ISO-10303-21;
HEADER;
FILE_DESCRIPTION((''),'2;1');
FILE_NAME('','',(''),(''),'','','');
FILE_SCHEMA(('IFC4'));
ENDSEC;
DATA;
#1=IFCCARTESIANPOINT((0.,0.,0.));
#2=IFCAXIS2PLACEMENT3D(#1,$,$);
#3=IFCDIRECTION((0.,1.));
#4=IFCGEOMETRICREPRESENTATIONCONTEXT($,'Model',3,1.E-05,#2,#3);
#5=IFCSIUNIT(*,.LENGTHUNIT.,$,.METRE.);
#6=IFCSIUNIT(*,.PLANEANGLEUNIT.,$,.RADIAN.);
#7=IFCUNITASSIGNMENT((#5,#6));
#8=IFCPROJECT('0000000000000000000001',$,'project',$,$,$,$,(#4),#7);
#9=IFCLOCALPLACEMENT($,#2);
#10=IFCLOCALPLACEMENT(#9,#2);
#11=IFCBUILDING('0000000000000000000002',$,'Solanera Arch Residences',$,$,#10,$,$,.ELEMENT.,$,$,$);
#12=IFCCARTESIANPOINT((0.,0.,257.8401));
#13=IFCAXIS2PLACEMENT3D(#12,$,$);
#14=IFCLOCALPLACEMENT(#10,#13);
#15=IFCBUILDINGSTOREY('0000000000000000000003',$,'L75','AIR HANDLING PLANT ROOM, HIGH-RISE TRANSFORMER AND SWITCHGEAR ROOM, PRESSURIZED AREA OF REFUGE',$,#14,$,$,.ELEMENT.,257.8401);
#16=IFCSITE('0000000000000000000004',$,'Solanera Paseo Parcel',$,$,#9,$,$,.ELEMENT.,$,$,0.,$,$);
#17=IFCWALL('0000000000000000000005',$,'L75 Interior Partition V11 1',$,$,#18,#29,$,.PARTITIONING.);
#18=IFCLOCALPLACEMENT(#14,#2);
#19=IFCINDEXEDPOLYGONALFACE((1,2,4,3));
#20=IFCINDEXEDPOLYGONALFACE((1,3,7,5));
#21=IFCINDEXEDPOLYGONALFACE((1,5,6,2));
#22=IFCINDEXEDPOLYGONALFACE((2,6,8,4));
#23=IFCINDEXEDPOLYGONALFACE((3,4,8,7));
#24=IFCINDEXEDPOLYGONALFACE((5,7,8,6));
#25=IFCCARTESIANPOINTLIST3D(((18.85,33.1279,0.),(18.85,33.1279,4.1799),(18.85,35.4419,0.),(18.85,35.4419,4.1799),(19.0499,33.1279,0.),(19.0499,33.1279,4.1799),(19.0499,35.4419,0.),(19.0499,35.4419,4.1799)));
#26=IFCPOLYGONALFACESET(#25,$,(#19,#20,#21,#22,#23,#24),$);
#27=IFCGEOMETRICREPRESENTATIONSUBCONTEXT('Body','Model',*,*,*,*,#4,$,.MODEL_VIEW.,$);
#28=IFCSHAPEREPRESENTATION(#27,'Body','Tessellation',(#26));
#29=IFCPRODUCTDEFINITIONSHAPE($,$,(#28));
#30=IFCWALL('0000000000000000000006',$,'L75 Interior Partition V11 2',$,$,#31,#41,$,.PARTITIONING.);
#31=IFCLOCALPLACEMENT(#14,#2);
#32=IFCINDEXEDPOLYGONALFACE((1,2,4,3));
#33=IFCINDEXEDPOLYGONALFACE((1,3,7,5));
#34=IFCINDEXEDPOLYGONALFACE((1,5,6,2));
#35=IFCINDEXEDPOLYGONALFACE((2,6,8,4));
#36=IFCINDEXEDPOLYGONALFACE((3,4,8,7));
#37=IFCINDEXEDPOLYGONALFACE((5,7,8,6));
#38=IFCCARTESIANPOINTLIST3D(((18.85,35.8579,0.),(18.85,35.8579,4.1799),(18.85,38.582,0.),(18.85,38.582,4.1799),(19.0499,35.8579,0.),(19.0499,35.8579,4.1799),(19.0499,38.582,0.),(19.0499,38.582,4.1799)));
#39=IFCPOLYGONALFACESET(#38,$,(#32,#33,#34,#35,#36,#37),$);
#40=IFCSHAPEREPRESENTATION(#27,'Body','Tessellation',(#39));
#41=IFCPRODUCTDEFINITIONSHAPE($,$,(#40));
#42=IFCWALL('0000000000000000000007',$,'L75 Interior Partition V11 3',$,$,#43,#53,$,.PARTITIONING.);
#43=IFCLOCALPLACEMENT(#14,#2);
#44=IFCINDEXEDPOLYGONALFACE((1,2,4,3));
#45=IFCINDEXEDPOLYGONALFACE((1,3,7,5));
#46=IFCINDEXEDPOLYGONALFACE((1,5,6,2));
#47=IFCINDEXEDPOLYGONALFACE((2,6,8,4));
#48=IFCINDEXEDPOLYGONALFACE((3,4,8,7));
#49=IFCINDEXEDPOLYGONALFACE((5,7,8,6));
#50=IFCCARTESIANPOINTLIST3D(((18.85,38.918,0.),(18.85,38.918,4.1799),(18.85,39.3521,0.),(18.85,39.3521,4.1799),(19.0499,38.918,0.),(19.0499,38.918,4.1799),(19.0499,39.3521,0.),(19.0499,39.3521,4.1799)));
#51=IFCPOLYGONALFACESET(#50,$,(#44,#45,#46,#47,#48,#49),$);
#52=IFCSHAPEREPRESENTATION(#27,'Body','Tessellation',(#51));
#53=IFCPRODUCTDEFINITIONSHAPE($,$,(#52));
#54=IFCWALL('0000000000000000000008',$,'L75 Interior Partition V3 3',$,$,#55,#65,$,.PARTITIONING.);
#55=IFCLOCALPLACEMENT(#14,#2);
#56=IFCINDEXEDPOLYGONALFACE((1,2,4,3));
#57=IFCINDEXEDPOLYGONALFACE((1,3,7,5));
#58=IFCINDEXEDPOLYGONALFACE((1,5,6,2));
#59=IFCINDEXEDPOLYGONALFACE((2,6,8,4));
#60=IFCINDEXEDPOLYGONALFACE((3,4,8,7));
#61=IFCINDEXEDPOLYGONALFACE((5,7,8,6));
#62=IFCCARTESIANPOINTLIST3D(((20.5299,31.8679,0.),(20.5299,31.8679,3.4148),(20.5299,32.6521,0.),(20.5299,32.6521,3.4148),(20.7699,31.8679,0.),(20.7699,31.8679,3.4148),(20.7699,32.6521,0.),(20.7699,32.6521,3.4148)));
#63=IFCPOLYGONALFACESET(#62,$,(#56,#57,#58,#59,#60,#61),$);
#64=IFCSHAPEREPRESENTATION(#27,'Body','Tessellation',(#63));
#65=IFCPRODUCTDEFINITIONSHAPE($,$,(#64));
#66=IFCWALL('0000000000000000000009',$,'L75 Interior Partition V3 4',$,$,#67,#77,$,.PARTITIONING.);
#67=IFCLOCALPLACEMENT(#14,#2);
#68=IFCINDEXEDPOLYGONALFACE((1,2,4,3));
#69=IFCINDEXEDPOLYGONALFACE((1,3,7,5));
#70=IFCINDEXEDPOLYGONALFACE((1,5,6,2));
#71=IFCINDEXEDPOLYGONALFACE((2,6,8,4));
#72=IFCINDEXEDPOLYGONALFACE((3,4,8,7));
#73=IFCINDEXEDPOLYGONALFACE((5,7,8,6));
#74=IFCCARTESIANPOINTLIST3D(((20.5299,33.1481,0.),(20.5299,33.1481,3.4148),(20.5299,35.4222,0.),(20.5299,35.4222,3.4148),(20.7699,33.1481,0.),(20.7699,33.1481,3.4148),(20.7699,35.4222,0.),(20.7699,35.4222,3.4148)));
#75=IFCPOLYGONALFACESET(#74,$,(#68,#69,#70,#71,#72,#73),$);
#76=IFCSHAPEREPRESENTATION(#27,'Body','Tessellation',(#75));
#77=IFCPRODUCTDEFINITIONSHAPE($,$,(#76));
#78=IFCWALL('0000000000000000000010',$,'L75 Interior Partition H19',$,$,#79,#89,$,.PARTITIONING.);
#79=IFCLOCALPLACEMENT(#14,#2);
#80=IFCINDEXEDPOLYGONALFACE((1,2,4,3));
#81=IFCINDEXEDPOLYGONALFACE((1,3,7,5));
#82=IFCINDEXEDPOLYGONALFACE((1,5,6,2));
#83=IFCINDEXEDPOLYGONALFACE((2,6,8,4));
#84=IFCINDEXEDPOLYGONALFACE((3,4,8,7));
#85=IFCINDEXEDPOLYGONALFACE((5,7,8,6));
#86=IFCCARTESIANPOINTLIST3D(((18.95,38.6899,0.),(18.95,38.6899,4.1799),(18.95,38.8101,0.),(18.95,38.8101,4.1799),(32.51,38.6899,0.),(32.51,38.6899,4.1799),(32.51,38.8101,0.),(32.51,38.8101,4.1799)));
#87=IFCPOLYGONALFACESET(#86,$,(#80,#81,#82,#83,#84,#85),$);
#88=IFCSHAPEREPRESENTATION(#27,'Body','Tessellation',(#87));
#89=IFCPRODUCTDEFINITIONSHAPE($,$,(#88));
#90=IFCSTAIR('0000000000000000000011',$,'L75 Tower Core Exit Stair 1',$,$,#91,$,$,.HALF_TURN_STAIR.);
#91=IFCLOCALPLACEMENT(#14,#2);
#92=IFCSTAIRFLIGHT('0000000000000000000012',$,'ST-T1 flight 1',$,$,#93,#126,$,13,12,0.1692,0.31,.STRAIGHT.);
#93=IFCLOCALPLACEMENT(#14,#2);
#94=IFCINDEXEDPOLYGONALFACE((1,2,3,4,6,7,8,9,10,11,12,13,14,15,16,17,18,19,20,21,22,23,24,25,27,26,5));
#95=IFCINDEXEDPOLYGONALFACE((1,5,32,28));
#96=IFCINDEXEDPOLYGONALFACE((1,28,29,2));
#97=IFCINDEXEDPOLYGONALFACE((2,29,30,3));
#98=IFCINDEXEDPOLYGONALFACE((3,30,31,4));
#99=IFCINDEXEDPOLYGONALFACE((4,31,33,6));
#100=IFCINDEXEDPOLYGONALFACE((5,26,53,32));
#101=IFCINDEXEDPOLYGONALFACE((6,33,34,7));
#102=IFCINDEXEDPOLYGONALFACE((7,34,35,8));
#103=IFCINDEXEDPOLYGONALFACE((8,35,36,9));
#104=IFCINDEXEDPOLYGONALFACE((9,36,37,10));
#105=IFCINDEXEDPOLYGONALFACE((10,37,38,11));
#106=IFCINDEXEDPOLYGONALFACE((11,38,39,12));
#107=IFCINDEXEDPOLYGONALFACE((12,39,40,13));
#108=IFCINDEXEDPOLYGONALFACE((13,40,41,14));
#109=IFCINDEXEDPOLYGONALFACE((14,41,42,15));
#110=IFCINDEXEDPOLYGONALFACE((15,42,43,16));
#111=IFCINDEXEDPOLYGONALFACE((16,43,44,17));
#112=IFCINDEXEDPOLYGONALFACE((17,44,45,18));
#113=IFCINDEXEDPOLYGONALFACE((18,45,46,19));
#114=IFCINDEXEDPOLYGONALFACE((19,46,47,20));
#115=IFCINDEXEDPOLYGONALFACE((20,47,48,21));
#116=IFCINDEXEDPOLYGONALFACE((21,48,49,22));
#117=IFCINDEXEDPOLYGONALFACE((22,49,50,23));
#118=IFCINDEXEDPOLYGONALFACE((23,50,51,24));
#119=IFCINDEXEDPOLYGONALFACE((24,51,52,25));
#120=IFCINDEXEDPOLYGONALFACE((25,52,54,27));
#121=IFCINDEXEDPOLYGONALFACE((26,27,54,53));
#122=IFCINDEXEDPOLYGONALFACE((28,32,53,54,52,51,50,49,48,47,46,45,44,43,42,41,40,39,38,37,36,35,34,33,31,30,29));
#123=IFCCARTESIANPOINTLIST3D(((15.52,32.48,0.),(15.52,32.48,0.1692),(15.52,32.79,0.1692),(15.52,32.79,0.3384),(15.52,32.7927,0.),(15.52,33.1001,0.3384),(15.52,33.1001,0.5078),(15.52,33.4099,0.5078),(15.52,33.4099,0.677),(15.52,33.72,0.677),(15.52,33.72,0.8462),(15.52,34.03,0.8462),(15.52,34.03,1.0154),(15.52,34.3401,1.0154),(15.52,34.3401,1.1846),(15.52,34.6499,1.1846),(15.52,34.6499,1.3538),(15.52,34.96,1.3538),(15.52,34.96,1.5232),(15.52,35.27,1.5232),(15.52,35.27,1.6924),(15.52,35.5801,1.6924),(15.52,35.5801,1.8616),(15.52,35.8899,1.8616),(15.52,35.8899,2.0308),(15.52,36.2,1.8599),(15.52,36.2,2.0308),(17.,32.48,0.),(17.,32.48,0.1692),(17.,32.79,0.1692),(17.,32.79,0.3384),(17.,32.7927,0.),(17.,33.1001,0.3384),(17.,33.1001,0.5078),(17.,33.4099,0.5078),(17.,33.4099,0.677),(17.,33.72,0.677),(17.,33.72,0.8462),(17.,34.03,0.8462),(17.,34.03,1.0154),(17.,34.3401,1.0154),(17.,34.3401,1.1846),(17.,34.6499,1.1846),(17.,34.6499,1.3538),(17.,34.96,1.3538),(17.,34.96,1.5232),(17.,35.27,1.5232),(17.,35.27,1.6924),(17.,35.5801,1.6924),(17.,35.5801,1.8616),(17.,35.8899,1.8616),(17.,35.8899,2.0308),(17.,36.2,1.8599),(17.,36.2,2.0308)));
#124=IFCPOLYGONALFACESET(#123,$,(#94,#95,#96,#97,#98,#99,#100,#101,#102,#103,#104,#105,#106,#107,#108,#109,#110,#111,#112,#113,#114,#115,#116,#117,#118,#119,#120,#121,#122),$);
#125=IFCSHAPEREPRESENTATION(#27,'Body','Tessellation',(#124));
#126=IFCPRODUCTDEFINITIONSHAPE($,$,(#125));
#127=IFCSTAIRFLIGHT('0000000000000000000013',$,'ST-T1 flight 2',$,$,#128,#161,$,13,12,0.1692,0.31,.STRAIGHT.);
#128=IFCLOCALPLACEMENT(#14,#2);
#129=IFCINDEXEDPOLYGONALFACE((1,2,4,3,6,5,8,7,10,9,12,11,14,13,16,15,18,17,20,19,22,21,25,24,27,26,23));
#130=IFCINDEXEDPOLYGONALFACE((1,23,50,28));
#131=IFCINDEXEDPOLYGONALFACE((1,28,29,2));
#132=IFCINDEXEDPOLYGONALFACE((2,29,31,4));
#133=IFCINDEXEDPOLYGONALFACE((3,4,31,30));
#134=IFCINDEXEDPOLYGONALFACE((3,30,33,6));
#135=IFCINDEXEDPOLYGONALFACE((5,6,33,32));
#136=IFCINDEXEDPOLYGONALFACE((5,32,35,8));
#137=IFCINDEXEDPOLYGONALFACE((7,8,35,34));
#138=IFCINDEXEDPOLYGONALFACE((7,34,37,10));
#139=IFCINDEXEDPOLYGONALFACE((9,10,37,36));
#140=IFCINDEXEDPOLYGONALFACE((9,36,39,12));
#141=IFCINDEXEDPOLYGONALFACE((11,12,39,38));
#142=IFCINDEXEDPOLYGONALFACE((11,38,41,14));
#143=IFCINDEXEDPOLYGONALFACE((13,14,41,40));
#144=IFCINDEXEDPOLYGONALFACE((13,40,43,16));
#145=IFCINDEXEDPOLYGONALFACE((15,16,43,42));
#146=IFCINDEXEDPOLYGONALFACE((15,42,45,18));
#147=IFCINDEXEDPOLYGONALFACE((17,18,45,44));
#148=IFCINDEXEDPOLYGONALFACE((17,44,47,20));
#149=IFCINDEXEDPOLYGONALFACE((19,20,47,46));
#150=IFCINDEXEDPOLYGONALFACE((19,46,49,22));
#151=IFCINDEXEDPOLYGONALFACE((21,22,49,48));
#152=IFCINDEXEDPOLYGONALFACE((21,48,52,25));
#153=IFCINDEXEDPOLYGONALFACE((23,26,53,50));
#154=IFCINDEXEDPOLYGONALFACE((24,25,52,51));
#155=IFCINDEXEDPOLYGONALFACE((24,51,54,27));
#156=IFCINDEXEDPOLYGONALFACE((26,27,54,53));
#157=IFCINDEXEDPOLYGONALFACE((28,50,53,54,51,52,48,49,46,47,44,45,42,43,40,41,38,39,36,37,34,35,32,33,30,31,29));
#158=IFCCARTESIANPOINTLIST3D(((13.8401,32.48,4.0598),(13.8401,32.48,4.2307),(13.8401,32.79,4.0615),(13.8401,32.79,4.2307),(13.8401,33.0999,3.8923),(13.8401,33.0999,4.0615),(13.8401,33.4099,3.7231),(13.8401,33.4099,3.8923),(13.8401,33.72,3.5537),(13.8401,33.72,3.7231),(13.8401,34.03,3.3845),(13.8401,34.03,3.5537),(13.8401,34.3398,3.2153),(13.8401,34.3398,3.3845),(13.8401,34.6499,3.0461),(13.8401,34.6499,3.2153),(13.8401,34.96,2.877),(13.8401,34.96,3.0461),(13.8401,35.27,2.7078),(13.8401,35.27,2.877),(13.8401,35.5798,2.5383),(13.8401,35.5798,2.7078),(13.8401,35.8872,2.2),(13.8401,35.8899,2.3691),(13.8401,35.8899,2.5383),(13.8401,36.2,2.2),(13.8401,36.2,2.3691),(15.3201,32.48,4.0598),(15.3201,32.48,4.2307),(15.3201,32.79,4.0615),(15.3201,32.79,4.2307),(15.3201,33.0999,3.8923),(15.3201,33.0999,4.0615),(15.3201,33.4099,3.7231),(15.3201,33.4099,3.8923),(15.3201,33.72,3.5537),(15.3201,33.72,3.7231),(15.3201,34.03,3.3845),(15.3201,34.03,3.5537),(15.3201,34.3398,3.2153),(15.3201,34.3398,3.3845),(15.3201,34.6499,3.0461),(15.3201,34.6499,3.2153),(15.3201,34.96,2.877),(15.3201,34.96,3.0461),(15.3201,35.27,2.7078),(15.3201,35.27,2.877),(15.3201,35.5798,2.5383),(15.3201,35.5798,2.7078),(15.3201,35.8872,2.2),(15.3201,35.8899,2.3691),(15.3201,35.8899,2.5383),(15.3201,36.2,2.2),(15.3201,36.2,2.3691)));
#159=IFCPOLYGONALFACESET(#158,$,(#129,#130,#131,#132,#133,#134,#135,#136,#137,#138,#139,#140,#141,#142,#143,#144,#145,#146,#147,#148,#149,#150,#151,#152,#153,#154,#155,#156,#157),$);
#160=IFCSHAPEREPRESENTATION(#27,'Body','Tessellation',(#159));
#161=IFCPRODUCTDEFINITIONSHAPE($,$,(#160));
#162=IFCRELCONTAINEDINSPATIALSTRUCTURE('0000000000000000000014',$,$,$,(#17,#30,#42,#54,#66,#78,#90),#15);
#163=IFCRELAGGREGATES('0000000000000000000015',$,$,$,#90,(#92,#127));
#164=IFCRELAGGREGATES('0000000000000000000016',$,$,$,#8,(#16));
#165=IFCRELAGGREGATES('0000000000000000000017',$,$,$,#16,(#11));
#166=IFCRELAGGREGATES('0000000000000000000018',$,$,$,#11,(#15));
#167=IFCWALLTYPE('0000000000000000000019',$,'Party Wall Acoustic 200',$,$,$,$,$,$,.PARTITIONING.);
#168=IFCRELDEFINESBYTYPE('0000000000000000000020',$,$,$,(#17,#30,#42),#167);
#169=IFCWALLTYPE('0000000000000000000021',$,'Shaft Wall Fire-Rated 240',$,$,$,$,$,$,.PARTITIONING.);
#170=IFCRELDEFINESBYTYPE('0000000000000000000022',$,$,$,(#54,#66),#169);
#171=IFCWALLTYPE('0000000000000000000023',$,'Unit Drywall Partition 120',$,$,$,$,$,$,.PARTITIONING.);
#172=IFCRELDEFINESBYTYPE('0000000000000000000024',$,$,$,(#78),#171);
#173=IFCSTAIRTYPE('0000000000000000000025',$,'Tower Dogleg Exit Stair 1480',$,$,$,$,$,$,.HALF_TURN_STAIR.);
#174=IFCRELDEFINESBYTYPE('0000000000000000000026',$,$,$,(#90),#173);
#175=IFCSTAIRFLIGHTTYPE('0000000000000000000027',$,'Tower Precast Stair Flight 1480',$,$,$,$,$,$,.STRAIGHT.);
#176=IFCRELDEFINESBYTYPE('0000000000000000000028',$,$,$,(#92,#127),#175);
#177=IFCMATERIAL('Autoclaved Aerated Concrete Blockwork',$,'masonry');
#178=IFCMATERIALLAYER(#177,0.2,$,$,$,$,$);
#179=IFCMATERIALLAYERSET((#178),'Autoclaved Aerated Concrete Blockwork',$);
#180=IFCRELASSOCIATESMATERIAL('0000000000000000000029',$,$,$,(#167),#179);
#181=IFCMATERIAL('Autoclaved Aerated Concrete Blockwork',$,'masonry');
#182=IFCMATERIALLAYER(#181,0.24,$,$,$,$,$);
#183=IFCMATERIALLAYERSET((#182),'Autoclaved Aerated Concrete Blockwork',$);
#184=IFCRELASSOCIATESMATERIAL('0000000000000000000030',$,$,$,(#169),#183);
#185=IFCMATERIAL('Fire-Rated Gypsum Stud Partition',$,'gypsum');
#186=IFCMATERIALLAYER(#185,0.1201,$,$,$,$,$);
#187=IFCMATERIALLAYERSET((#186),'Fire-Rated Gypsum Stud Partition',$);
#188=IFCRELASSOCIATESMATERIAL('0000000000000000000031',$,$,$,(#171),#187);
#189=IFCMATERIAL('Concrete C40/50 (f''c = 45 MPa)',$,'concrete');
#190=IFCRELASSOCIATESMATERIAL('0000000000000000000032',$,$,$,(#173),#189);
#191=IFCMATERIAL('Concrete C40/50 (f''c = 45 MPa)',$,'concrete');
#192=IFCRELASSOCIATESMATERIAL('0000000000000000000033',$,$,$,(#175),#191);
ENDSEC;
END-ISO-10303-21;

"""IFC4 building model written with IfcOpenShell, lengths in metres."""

from ifc_helpers import new_model, si_unit, direction, frame, frame_2d, origin, place, context, subcontext, project, spatial, polyline, rectangle, outline, extrude, material, layer, layer_set, type_object, element, aggregate, save


model = new_model("IFC4")

# Units and contexts
model_context = context("Model", 3, precision=1e-05, world=origin(), true_north=direction((0.0, 1.0)))
body_context = subcontext(model_context, "Body", "Model", "MODEL_VIEW")
ifc_project = project(units=[si_unit("LENGTHUNIT", "METRE"), si_unit("PLANEANGLEUNIT", "RADIAN")], contexts=[model_context])

# Site, building, storey
site_placement = place(None, origin())
site = spatial("IfcSite", under=ifc_project, at=site_placement, Name="Solanera Paseo Parcel", CompositionType="ELEMENT", RefElevation=0.0)
building_placement = place(site_placement, origin())
building = spatial("IfcBuilding", under=site, at=building_placement, Name="Solanera Arch Residences", CompositionType="ELEMENT")
storey_placement = place(building_placement, frame((0.0, 0.0, 257.8401)))
storey = spatial("IfcBuildingStorey", under=building, at=storey_placement, Name="L75", Description="AIR HANDLING PLANT ROOM, HIGH-RISE TRANSFORMER AND SWITCHGEAR ROOM, PRESSURIZED AREA OF REFUGE", CompositionType="ELEMENT", Elevation=257.8401)

# Shared definitions
ifc_material_1 = material(Name="Autoclaved Aerated Concrete Blockwork", Category="masonry")
ifc_layer_1 = layer(ifc_material_1, 0.2)
ifc_layer_set_1 = layer_set([ifc_layer_1], Name="Autoclaved Aerated Concrete Blockwork")
wall_type_1 = type_object("IfcWallType", Name="Party Wall Acoustic 200", PredefinedType="PARTITIONING", material=ifc_layer_set_1)

# Walls
wall_1_placement = place(storey_placement, frame((18.95, 33.1279, 0.0), z_axis=(0.0, 0.0, 1.0), x_axis=(0.0, 1.0, 0.0)))
element("IfcWall", 1, at=wall_1_placement, inside=storey, type_object=wall_type_1, Name="L75 Interior Partition V11 1", PredefinedType="PARTITIONING", context=body_context, shape_type="SweptSolid", body=[
    extrude(rectangle(XDim=2.314, YDim=0.2, at=frame_2d((1.157, 0.0))), origin(), (0.0, 0.0, 1.0), 4.1799),
])
wall_2_placement = place(storey_placement, frame((18.95, 35.8579, 0.0), z_axis=(0.0, 0.0, 1.0), x_axis=(0.0, 1.0, 0.0)))
element("IfcWall", 2, at=wall_2_placement, inside=storey, type_object=wall_type_1, Name="L75 Interior Partition V11 2", PredefinedType="PARTITIONING", context=body_context, shape_type="SweptSolid", body=[
    extrude(rectangle(XDim=2.7241, YDim=0.2, at=frame_2d((1.3621, 0.0))), origin(), (0.0, 0.0, 1.0), 4.1799),
])
wall_3_placement = place(storey_placement, frame((18.95, 38.918, 0.0), z_axis=(0.0, 0.0, 1.0), x_axis=(0.0, 1.0, 0.0)))
element("IfcWall", 3, at=wall_3_placement, inside=storey, type_object=wall_type_1, Name="L75 Interior Partition V11 3", PredefinedType="PARTITIONING", context=body_context, shape_type="SweptSolid", body=[
    extrude(rectangle(XDim=0.4341, YDim=0.2, at=frame_2d((0.217, 0.0))), origin(), (0.0, 0.0, 1.0), 4.1799),
])

# Shared definitions
ifc_material_2 = material(Name="Autoclaved Aerated Concrete Blockwork", Category="masonry")
ifc_layer_2 = layer(ifc_material_2, 0.24)
ifc_layer_set_2 = layer_set([ifc_layer_2], Name="Autoclaved Aerated Concrete Blockwork")
wall_type_2 = type_object("IfcWallType", Name="Shaft Wall Fire-Rated 240", PredefinedType="PARTITIONING", material=ifc_layer_set_2)

# Walls
wall_4_placement = place(storey_placement, frame((20.6499, 31.8679, 0.0), z_axis=(0.0, 0.0, 1.0), x_axis=(0.0, 1.0, 0.0)))
element("IfcWall", 4, at=wall_4_placement, inside=storey, type_object=wall_type_2, Name="L75 Interior Partition V3 3", PredefinedType="PARTITIONING", context=body_context, shape_type="SweptSolid", body=[
    extrude(rectangle(XDim=0.7842, YDim=0.24, at=frame_2d((0.3921, 0.0))), origin(), (0.0, 0.0, 1.0), 3.4148),
])
wall_5_placement = place(storey_placement, frame((20.6499, 33.1479, 0.0), z_axis=(0.0, 0.0, 1.0), x_axis=(0.0, 1.0, 0.0)))
element("IfcWall", 5, at=wall_5_placement, inside=storey, type_object=wall_type_2, Name="L75 Interior Partition V3 4", PredefinedType="PARTITIONING", context=body_context, shape_type="SweptSolid", body=[
    extrude(rectangle(XDim=2.2742, YDim=0.24, at=frame_2d((1.1372, 0.0))), origin(), (0.0, 0.0, 1.0), 3.4148),
])
ifc_material_3 = material(Name="Fire-Rated Gypsum Stud Partition", Category="gypsum")
ifc_layer_3 = layer(ifc_material_3, 0.1201)
ifc_layer_set_3 = layer_set([ifc_layer_3], Name="Fire-Rated Gypsum Stud Partition")
wall_type_3 = type_object("IfcWallType", Name="Unit Drywall Partition 120", PredefinedType="PARTITIONING", material=ifc_layer_set_3)
wall_6_placement = place(storey_placement, frame((18.95, 38.75, 0.0), z_axis=(0.0, 0.0, 1.0), x_axis=(1.0, 0.0, 0.0)))
element("IfcWall", 6, at=wall_6_placement, inside=storey, type_object=wall_type_3, Name="L75 Interior Partition H19", PredefinedType="PARTITIONING", context=body_context, shape_type="SweptSolid", body=[
    extrude(rectangle(XDim=13.5601, YDim=0.1201, at=frame_2d((6.78, 0.0))), origin(), (0.0, 0.0, 1.0), 4.1799),
])

# Stair, stair flights
ifc_material_4 = material(Name="Concrete C40/50 (f'c = 45 MPa)", Category="concrete")
stair_type = type_object("IfcStairType", Name="Tower Dogleg Exit Stair 1480", PredefinedType="HALF_TURN_STAIR", material=ifc_material_4)
stair_placement = place(storey_placement, origin())
stair = element("IfcStair", 7, at=stair_placement, inside=storey, type_object=stair_type, Name="L75 Tower Core Exit Stair 1", PredefinedType="HALF_TURN_STAIR")
ifc_material_5 = material(Name="Concrete C40/50 (f'c = 45 MPa)", Category="concrete")
stair_flight_type = type_object("IfcStairFlightType", Name="Tower Precast Stair Flight 1480", PredefinedType="STRAIGHT", material=ifc_material_5)
stair_flight_1_placement = place(storey_placement, frame((16.26, 32.48, 0.0), z_axis=(0.0, 0.0, 1.0), x_axis=(0.0, 1.0, 0.0)))
stair_flight_1 = element("IfcStairFlight", 8, at=stair_flight_1_placement, type_object=stair_flight_type, Name="ST-T1 flight 1", NumberOfRisers=13, NumberOfTreads=12, PredefinedType="STRAIGHT", RiserHeight=0.1692, TreadLength=0.31, context=body_context, shape_type="SweptSolid", body=[
    extrude(outline(polyline([(0.0, 0.0), (0.0, 0.1692), (0.3101, 0.1692), (0.3101, 0.3384), (0.6201, 0.3384), (0.6201, 0.5078), (0.9299, 0.5078), (0.9299, 0.677), (1.24, 0.677), (1.24, 0.8462), (1.55, 0.8462), (1.55, 1.0154), (1.8601, 1.0154), (1.8601, 1.1846), (2.1699, 1.1846), (2.1699, 1.3538), (2.48, 1.3538), (2.48, 1.5232), (2.79, 1.5232), (2.79, 1.6924), (3.1001, 1.6924), (3.1001, 1.8616), (3.4099, 1.8616), (3.4099, 2.0308), (3.72, 2.0308), (3.72, 2.2), (3.72, 1.8599), (0.3127, 0.0), (0.0, 0.0)])), frame((0.0, 0.74, 0.0), z_axis=(0.0, -1.0, 0.0), x_axis=(1.0, 0.0, 0.0)), (0.0, 0.0, 1.0), 1.48),
])
stair_flight_2_placement = place(storey_placement, frame((14.5801, 36.2, 2.2), z_axis=(0.0, 0.0, 1.0), x_axis=(0.0, -1.0, 0.0)))
stair_flight_2 = element("IfcStairFlight", 9, at=stair_flight_2_placement, type_object=stair_flight_type, Name="ST-T1 flight 2", NumberOfRisers=13, NumberOfTreads=12, PredefinedType="STRAIGHT", RiserHeight=0.1692, TreadLength=0.31, context=body_context, shape_type="SweptSolid", body=[
    extrude(outline(polyline([(0.0, 0.0), (0.0, 0.1692), (0.3101, 0.1692), (0.3101, 0.3384), (0.6201, 0.3384), (0.6201, 0.5078), (0.9299, 0.5078), (0.9299, 0.677), (1.24, 0.677), (1.24, 0.8462), (1.55, 0.8462), (1.55, 1.0154), (1.8601, 1.0154), (1.8601, 1.1846), (2.1699, 1.1846), (2.1699, 1.3538), (2.48, 1.3538), (2.48, 1.5232), (2.79, 1.5232), (2.79, 1.6924), (3.1001, 1.6924), (3.1001, 1.8616), (3.4099, 1.8616), (3.4099, 2.0308), (3.72, 2.0308), (3.72, 2.2), (3.72, 1.8599), (0.3127, 0.0), (0.0, 0.0)])), frame((0.0, 0.74, 0.0), z_axis=(0.0, -1.0, 0.0), x_axis=(1.0, 0.0, 0.0)), (0.0, 0.0, 1.0), 1.48),
])
aggregate(stair, [stair_flight_1, stair_flight_2])

save(model, "model.ifc")
